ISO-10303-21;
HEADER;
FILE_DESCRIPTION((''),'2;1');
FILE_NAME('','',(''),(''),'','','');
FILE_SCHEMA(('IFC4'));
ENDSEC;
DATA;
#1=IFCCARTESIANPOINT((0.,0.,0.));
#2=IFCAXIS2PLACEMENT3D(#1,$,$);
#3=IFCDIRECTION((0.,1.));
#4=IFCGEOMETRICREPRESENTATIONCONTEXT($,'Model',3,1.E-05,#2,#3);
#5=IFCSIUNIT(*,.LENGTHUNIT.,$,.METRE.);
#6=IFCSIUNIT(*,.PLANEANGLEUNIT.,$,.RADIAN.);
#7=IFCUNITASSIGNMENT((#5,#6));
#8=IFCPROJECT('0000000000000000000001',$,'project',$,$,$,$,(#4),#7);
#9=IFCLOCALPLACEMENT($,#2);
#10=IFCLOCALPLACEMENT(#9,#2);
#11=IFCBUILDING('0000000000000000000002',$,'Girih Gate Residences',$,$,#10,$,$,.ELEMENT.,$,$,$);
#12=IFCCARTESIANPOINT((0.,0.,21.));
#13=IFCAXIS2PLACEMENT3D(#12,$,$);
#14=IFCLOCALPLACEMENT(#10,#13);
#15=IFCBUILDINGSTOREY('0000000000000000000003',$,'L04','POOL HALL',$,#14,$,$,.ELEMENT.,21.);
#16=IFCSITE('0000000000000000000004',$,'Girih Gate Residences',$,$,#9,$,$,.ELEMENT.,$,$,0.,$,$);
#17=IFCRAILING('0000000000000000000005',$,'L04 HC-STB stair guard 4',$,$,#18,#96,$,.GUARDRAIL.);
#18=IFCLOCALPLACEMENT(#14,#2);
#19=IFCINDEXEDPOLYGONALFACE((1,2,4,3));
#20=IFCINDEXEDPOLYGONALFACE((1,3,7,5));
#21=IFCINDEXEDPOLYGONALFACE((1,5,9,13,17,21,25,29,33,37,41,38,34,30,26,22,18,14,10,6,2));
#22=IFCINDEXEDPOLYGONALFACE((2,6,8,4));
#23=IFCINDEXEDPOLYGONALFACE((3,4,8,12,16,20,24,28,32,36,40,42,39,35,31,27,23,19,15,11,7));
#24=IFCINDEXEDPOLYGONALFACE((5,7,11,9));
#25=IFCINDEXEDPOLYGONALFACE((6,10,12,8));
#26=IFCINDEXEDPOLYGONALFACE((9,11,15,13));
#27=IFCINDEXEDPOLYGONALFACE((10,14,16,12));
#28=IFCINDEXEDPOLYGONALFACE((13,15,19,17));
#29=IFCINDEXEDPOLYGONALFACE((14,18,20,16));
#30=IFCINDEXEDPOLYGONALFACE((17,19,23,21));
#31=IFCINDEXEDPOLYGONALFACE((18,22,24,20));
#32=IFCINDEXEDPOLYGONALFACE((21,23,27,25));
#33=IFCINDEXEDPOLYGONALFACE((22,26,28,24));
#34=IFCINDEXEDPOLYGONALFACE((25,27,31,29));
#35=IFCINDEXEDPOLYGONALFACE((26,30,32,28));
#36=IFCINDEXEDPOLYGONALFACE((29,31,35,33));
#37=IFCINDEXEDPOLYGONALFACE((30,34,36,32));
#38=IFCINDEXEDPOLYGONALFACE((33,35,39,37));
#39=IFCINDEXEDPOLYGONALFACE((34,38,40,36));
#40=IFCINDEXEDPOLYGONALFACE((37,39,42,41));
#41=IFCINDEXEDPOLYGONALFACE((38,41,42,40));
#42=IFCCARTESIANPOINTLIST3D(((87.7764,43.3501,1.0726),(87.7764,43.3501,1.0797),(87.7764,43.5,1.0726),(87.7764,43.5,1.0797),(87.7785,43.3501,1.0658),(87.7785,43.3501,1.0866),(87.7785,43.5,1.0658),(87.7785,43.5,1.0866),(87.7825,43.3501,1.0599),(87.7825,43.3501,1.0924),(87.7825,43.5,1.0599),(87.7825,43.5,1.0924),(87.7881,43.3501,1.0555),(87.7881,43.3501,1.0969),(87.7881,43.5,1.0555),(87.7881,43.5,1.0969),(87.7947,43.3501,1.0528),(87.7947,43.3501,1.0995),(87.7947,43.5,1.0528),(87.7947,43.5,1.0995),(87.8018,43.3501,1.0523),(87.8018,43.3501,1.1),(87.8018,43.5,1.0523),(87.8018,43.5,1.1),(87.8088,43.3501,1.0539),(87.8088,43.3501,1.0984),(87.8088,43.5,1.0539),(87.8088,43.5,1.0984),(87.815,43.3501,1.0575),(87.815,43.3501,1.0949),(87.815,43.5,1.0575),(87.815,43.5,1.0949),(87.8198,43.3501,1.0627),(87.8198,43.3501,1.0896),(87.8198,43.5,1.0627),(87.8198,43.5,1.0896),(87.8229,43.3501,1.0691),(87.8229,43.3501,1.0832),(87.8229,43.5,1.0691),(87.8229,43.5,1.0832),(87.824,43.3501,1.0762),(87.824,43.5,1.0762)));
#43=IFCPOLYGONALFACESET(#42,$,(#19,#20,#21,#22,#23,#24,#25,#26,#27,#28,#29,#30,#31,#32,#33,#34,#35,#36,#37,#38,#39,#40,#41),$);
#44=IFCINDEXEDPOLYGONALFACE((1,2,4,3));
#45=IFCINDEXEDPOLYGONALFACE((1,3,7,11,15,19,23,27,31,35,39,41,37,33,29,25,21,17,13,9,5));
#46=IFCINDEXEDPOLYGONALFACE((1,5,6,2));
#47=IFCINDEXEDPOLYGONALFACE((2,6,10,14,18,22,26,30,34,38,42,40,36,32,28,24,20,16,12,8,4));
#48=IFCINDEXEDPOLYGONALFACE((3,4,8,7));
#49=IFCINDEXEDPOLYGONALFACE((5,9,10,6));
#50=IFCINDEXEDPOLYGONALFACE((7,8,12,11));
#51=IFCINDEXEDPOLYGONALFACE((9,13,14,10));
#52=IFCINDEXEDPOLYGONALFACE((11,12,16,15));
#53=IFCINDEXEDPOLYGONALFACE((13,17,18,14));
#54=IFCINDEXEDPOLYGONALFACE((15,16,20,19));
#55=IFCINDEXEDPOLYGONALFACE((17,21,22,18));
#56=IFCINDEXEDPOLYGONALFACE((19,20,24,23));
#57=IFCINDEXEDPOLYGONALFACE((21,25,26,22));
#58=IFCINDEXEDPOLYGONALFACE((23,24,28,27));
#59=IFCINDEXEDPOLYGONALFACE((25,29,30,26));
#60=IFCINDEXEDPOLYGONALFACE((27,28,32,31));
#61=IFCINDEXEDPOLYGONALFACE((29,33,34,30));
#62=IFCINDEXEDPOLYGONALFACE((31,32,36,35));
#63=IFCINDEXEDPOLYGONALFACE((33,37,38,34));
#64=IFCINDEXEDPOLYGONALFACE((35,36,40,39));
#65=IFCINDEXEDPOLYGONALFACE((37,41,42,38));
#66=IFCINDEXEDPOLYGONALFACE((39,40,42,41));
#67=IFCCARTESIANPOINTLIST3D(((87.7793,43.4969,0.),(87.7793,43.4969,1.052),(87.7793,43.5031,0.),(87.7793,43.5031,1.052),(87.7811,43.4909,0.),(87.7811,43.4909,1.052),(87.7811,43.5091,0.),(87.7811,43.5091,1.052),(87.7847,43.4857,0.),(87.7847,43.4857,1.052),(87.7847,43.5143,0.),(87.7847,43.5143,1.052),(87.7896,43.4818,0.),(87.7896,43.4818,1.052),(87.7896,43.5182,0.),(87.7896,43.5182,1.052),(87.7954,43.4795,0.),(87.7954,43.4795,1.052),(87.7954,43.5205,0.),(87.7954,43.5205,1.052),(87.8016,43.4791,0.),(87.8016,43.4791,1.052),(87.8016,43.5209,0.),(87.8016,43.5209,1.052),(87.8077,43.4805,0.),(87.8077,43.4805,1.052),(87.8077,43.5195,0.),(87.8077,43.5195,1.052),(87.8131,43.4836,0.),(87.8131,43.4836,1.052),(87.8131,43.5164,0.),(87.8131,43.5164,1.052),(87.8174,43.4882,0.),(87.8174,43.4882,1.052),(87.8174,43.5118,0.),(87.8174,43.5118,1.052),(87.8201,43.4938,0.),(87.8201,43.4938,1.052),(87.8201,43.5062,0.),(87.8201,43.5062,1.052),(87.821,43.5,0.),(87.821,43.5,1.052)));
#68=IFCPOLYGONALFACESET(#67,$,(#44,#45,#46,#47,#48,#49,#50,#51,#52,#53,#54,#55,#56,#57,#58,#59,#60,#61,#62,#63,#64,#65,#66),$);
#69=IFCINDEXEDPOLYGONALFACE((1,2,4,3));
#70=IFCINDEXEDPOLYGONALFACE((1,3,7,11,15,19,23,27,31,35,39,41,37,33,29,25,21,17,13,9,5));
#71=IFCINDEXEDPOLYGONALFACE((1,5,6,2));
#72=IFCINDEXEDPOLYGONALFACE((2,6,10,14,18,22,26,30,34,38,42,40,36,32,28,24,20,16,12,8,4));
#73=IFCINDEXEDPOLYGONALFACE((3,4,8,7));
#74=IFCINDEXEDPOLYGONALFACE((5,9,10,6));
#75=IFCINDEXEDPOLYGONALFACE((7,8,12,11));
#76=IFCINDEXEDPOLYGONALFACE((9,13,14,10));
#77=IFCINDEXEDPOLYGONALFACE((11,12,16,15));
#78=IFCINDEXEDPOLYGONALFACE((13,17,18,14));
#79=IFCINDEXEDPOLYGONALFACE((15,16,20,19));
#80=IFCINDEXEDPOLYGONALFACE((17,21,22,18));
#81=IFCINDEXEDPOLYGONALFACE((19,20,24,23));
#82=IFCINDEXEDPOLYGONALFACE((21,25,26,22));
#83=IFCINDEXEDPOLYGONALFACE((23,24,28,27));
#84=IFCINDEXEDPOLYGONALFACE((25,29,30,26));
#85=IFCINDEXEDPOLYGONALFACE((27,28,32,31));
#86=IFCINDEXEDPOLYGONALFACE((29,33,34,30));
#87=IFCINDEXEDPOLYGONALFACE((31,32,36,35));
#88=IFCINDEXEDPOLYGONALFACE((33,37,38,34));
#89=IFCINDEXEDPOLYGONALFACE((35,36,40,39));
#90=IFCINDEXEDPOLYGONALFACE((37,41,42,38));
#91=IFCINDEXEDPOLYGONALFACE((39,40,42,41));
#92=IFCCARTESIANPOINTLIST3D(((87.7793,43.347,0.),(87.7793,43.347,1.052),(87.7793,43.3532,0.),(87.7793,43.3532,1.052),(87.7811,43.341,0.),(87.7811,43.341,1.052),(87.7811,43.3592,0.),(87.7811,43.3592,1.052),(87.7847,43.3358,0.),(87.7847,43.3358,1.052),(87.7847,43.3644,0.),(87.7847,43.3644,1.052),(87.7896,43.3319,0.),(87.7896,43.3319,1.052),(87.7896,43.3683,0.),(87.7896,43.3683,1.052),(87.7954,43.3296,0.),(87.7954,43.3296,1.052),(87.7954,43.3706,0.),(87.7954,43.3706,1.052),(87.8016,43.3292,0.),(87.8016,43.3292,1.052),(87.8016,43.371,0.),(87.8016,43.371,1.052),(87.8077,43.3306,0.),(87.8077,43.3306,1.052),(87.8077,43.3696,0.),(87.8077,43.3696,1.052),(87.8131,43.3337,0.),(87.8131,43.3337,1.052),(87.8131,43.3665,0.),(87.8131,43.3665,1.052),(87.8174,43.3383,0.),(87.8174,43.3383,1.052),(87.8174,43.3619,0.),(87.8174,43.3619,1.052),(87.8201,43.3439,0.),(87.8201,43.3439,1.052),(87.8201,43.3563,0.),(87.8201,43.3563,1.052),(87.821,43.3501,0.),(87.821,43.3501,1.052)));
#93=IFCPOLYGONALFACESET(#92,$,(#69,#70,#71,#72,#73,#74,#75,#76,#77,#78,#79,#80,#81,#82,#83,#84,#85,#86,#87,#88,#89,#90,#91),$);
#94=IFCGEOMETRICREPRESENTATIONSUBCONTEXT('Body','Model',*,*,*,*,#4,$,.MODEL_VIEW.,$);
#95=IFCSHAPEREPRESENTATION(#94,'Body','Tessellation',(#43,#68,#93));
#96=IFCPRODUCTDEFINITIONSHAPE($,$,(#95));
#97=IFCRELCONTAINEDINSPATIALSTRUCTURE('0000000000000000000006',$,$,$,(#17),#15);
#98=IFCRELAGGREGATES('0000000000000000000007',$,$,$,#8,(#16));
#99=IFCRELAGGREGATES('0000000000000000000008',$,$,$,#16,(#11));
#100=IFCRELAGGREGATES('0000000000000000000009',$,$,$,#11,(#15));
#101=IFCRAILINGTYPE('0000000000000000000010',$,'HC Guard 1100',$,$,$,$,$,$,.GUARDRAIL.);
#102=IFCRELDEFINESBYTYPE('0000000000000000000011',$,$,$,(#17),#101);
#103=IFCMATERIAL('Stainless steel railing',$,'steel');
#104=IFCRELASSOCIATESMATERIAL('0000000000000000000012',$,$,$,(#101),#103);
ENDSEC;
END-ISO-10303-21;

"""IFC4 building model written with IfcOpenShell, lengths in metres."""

from ifc_helpers import new_model, si_unit, direction, frame, origin, origin_2d, place, context, subcontext, project, spatial, circle, extrude, material, type_object, element, save


model = new_model("IFC4")

# Units and contexts
model_context = context("Model", 3, precision=1e-05, world=origin(), true_north=direction((0.0, 1.0)))
body_context = subcontext(model_context, "Body", "Model", "MODEL_VIEW")
ifc_project = project(units=[si_unit("LENGTHUNIT", "METRE"), si_unit("PLANEANGLEUNIT", "RADIAN")], contexts=[model_context])

# Site, building, storey
site_placement = place(None, origin())
site = spatial("IfcSite", under=ifc_project, at=site_placement, Name="Girih Gate Residences", CompositionType="ELEMENT", RefElevation=0.0)
building_placement = place(site_placement, origin())
building = spatial("IfcBuilding", under=site, at=building_placement, Name="Girih Gate Residences", CompositionType="ELEMENT")
storey_placement = place(building_placement, frame((0.0, 0.0, 21.0)))
storey = spatial("IfcBuildingStorey", under=building, at=storey_placement, Name="L04", Description="POOL HALL", CompositionType="ELEMENT", Elevation=21.0)

# Railing
ifc_material_1 = material(Name="Stainless steel railing", Category="steel")
railing_type_1 = type_object("IfcRailingType", Name="HC Guard 1100", PredefinedType="GUARDRAIL", material=ifc_material_1)
railing_1_placement = place(storey_placement, frame((87.8, 43.5, 0.0)))
element("IfcRailing", 1, at=railing_1_placement, inside=storey, type_object=railing_type_1, Name="L04 HC-STB stair guard 4", PredefinedType="GUARDRAIL", context=body_context, shape_type="SweptSolid", body=[
    extrude(circle(Radius=0.0239, at=origin_2d()), frame((0.0, 0.0, 1.0762), z_axis=(0.0, -1.0, 0.0), x_axis=(1.0, 0.0, 0.0)), (0.0, 0.0, 1.0), 0.1499),
    extrude(circle(Radius=0.021, at=origin_2d()), origin(), (0.0, 0.0, 1.0), 1.052),
    extrude(circle(Radius=0.021, at=origin_2d()), frame((0.0, -0.1499, 0.0)), (0.0, 0.0, 1.0), 1.052),
])

save(model, "model.ifc")
